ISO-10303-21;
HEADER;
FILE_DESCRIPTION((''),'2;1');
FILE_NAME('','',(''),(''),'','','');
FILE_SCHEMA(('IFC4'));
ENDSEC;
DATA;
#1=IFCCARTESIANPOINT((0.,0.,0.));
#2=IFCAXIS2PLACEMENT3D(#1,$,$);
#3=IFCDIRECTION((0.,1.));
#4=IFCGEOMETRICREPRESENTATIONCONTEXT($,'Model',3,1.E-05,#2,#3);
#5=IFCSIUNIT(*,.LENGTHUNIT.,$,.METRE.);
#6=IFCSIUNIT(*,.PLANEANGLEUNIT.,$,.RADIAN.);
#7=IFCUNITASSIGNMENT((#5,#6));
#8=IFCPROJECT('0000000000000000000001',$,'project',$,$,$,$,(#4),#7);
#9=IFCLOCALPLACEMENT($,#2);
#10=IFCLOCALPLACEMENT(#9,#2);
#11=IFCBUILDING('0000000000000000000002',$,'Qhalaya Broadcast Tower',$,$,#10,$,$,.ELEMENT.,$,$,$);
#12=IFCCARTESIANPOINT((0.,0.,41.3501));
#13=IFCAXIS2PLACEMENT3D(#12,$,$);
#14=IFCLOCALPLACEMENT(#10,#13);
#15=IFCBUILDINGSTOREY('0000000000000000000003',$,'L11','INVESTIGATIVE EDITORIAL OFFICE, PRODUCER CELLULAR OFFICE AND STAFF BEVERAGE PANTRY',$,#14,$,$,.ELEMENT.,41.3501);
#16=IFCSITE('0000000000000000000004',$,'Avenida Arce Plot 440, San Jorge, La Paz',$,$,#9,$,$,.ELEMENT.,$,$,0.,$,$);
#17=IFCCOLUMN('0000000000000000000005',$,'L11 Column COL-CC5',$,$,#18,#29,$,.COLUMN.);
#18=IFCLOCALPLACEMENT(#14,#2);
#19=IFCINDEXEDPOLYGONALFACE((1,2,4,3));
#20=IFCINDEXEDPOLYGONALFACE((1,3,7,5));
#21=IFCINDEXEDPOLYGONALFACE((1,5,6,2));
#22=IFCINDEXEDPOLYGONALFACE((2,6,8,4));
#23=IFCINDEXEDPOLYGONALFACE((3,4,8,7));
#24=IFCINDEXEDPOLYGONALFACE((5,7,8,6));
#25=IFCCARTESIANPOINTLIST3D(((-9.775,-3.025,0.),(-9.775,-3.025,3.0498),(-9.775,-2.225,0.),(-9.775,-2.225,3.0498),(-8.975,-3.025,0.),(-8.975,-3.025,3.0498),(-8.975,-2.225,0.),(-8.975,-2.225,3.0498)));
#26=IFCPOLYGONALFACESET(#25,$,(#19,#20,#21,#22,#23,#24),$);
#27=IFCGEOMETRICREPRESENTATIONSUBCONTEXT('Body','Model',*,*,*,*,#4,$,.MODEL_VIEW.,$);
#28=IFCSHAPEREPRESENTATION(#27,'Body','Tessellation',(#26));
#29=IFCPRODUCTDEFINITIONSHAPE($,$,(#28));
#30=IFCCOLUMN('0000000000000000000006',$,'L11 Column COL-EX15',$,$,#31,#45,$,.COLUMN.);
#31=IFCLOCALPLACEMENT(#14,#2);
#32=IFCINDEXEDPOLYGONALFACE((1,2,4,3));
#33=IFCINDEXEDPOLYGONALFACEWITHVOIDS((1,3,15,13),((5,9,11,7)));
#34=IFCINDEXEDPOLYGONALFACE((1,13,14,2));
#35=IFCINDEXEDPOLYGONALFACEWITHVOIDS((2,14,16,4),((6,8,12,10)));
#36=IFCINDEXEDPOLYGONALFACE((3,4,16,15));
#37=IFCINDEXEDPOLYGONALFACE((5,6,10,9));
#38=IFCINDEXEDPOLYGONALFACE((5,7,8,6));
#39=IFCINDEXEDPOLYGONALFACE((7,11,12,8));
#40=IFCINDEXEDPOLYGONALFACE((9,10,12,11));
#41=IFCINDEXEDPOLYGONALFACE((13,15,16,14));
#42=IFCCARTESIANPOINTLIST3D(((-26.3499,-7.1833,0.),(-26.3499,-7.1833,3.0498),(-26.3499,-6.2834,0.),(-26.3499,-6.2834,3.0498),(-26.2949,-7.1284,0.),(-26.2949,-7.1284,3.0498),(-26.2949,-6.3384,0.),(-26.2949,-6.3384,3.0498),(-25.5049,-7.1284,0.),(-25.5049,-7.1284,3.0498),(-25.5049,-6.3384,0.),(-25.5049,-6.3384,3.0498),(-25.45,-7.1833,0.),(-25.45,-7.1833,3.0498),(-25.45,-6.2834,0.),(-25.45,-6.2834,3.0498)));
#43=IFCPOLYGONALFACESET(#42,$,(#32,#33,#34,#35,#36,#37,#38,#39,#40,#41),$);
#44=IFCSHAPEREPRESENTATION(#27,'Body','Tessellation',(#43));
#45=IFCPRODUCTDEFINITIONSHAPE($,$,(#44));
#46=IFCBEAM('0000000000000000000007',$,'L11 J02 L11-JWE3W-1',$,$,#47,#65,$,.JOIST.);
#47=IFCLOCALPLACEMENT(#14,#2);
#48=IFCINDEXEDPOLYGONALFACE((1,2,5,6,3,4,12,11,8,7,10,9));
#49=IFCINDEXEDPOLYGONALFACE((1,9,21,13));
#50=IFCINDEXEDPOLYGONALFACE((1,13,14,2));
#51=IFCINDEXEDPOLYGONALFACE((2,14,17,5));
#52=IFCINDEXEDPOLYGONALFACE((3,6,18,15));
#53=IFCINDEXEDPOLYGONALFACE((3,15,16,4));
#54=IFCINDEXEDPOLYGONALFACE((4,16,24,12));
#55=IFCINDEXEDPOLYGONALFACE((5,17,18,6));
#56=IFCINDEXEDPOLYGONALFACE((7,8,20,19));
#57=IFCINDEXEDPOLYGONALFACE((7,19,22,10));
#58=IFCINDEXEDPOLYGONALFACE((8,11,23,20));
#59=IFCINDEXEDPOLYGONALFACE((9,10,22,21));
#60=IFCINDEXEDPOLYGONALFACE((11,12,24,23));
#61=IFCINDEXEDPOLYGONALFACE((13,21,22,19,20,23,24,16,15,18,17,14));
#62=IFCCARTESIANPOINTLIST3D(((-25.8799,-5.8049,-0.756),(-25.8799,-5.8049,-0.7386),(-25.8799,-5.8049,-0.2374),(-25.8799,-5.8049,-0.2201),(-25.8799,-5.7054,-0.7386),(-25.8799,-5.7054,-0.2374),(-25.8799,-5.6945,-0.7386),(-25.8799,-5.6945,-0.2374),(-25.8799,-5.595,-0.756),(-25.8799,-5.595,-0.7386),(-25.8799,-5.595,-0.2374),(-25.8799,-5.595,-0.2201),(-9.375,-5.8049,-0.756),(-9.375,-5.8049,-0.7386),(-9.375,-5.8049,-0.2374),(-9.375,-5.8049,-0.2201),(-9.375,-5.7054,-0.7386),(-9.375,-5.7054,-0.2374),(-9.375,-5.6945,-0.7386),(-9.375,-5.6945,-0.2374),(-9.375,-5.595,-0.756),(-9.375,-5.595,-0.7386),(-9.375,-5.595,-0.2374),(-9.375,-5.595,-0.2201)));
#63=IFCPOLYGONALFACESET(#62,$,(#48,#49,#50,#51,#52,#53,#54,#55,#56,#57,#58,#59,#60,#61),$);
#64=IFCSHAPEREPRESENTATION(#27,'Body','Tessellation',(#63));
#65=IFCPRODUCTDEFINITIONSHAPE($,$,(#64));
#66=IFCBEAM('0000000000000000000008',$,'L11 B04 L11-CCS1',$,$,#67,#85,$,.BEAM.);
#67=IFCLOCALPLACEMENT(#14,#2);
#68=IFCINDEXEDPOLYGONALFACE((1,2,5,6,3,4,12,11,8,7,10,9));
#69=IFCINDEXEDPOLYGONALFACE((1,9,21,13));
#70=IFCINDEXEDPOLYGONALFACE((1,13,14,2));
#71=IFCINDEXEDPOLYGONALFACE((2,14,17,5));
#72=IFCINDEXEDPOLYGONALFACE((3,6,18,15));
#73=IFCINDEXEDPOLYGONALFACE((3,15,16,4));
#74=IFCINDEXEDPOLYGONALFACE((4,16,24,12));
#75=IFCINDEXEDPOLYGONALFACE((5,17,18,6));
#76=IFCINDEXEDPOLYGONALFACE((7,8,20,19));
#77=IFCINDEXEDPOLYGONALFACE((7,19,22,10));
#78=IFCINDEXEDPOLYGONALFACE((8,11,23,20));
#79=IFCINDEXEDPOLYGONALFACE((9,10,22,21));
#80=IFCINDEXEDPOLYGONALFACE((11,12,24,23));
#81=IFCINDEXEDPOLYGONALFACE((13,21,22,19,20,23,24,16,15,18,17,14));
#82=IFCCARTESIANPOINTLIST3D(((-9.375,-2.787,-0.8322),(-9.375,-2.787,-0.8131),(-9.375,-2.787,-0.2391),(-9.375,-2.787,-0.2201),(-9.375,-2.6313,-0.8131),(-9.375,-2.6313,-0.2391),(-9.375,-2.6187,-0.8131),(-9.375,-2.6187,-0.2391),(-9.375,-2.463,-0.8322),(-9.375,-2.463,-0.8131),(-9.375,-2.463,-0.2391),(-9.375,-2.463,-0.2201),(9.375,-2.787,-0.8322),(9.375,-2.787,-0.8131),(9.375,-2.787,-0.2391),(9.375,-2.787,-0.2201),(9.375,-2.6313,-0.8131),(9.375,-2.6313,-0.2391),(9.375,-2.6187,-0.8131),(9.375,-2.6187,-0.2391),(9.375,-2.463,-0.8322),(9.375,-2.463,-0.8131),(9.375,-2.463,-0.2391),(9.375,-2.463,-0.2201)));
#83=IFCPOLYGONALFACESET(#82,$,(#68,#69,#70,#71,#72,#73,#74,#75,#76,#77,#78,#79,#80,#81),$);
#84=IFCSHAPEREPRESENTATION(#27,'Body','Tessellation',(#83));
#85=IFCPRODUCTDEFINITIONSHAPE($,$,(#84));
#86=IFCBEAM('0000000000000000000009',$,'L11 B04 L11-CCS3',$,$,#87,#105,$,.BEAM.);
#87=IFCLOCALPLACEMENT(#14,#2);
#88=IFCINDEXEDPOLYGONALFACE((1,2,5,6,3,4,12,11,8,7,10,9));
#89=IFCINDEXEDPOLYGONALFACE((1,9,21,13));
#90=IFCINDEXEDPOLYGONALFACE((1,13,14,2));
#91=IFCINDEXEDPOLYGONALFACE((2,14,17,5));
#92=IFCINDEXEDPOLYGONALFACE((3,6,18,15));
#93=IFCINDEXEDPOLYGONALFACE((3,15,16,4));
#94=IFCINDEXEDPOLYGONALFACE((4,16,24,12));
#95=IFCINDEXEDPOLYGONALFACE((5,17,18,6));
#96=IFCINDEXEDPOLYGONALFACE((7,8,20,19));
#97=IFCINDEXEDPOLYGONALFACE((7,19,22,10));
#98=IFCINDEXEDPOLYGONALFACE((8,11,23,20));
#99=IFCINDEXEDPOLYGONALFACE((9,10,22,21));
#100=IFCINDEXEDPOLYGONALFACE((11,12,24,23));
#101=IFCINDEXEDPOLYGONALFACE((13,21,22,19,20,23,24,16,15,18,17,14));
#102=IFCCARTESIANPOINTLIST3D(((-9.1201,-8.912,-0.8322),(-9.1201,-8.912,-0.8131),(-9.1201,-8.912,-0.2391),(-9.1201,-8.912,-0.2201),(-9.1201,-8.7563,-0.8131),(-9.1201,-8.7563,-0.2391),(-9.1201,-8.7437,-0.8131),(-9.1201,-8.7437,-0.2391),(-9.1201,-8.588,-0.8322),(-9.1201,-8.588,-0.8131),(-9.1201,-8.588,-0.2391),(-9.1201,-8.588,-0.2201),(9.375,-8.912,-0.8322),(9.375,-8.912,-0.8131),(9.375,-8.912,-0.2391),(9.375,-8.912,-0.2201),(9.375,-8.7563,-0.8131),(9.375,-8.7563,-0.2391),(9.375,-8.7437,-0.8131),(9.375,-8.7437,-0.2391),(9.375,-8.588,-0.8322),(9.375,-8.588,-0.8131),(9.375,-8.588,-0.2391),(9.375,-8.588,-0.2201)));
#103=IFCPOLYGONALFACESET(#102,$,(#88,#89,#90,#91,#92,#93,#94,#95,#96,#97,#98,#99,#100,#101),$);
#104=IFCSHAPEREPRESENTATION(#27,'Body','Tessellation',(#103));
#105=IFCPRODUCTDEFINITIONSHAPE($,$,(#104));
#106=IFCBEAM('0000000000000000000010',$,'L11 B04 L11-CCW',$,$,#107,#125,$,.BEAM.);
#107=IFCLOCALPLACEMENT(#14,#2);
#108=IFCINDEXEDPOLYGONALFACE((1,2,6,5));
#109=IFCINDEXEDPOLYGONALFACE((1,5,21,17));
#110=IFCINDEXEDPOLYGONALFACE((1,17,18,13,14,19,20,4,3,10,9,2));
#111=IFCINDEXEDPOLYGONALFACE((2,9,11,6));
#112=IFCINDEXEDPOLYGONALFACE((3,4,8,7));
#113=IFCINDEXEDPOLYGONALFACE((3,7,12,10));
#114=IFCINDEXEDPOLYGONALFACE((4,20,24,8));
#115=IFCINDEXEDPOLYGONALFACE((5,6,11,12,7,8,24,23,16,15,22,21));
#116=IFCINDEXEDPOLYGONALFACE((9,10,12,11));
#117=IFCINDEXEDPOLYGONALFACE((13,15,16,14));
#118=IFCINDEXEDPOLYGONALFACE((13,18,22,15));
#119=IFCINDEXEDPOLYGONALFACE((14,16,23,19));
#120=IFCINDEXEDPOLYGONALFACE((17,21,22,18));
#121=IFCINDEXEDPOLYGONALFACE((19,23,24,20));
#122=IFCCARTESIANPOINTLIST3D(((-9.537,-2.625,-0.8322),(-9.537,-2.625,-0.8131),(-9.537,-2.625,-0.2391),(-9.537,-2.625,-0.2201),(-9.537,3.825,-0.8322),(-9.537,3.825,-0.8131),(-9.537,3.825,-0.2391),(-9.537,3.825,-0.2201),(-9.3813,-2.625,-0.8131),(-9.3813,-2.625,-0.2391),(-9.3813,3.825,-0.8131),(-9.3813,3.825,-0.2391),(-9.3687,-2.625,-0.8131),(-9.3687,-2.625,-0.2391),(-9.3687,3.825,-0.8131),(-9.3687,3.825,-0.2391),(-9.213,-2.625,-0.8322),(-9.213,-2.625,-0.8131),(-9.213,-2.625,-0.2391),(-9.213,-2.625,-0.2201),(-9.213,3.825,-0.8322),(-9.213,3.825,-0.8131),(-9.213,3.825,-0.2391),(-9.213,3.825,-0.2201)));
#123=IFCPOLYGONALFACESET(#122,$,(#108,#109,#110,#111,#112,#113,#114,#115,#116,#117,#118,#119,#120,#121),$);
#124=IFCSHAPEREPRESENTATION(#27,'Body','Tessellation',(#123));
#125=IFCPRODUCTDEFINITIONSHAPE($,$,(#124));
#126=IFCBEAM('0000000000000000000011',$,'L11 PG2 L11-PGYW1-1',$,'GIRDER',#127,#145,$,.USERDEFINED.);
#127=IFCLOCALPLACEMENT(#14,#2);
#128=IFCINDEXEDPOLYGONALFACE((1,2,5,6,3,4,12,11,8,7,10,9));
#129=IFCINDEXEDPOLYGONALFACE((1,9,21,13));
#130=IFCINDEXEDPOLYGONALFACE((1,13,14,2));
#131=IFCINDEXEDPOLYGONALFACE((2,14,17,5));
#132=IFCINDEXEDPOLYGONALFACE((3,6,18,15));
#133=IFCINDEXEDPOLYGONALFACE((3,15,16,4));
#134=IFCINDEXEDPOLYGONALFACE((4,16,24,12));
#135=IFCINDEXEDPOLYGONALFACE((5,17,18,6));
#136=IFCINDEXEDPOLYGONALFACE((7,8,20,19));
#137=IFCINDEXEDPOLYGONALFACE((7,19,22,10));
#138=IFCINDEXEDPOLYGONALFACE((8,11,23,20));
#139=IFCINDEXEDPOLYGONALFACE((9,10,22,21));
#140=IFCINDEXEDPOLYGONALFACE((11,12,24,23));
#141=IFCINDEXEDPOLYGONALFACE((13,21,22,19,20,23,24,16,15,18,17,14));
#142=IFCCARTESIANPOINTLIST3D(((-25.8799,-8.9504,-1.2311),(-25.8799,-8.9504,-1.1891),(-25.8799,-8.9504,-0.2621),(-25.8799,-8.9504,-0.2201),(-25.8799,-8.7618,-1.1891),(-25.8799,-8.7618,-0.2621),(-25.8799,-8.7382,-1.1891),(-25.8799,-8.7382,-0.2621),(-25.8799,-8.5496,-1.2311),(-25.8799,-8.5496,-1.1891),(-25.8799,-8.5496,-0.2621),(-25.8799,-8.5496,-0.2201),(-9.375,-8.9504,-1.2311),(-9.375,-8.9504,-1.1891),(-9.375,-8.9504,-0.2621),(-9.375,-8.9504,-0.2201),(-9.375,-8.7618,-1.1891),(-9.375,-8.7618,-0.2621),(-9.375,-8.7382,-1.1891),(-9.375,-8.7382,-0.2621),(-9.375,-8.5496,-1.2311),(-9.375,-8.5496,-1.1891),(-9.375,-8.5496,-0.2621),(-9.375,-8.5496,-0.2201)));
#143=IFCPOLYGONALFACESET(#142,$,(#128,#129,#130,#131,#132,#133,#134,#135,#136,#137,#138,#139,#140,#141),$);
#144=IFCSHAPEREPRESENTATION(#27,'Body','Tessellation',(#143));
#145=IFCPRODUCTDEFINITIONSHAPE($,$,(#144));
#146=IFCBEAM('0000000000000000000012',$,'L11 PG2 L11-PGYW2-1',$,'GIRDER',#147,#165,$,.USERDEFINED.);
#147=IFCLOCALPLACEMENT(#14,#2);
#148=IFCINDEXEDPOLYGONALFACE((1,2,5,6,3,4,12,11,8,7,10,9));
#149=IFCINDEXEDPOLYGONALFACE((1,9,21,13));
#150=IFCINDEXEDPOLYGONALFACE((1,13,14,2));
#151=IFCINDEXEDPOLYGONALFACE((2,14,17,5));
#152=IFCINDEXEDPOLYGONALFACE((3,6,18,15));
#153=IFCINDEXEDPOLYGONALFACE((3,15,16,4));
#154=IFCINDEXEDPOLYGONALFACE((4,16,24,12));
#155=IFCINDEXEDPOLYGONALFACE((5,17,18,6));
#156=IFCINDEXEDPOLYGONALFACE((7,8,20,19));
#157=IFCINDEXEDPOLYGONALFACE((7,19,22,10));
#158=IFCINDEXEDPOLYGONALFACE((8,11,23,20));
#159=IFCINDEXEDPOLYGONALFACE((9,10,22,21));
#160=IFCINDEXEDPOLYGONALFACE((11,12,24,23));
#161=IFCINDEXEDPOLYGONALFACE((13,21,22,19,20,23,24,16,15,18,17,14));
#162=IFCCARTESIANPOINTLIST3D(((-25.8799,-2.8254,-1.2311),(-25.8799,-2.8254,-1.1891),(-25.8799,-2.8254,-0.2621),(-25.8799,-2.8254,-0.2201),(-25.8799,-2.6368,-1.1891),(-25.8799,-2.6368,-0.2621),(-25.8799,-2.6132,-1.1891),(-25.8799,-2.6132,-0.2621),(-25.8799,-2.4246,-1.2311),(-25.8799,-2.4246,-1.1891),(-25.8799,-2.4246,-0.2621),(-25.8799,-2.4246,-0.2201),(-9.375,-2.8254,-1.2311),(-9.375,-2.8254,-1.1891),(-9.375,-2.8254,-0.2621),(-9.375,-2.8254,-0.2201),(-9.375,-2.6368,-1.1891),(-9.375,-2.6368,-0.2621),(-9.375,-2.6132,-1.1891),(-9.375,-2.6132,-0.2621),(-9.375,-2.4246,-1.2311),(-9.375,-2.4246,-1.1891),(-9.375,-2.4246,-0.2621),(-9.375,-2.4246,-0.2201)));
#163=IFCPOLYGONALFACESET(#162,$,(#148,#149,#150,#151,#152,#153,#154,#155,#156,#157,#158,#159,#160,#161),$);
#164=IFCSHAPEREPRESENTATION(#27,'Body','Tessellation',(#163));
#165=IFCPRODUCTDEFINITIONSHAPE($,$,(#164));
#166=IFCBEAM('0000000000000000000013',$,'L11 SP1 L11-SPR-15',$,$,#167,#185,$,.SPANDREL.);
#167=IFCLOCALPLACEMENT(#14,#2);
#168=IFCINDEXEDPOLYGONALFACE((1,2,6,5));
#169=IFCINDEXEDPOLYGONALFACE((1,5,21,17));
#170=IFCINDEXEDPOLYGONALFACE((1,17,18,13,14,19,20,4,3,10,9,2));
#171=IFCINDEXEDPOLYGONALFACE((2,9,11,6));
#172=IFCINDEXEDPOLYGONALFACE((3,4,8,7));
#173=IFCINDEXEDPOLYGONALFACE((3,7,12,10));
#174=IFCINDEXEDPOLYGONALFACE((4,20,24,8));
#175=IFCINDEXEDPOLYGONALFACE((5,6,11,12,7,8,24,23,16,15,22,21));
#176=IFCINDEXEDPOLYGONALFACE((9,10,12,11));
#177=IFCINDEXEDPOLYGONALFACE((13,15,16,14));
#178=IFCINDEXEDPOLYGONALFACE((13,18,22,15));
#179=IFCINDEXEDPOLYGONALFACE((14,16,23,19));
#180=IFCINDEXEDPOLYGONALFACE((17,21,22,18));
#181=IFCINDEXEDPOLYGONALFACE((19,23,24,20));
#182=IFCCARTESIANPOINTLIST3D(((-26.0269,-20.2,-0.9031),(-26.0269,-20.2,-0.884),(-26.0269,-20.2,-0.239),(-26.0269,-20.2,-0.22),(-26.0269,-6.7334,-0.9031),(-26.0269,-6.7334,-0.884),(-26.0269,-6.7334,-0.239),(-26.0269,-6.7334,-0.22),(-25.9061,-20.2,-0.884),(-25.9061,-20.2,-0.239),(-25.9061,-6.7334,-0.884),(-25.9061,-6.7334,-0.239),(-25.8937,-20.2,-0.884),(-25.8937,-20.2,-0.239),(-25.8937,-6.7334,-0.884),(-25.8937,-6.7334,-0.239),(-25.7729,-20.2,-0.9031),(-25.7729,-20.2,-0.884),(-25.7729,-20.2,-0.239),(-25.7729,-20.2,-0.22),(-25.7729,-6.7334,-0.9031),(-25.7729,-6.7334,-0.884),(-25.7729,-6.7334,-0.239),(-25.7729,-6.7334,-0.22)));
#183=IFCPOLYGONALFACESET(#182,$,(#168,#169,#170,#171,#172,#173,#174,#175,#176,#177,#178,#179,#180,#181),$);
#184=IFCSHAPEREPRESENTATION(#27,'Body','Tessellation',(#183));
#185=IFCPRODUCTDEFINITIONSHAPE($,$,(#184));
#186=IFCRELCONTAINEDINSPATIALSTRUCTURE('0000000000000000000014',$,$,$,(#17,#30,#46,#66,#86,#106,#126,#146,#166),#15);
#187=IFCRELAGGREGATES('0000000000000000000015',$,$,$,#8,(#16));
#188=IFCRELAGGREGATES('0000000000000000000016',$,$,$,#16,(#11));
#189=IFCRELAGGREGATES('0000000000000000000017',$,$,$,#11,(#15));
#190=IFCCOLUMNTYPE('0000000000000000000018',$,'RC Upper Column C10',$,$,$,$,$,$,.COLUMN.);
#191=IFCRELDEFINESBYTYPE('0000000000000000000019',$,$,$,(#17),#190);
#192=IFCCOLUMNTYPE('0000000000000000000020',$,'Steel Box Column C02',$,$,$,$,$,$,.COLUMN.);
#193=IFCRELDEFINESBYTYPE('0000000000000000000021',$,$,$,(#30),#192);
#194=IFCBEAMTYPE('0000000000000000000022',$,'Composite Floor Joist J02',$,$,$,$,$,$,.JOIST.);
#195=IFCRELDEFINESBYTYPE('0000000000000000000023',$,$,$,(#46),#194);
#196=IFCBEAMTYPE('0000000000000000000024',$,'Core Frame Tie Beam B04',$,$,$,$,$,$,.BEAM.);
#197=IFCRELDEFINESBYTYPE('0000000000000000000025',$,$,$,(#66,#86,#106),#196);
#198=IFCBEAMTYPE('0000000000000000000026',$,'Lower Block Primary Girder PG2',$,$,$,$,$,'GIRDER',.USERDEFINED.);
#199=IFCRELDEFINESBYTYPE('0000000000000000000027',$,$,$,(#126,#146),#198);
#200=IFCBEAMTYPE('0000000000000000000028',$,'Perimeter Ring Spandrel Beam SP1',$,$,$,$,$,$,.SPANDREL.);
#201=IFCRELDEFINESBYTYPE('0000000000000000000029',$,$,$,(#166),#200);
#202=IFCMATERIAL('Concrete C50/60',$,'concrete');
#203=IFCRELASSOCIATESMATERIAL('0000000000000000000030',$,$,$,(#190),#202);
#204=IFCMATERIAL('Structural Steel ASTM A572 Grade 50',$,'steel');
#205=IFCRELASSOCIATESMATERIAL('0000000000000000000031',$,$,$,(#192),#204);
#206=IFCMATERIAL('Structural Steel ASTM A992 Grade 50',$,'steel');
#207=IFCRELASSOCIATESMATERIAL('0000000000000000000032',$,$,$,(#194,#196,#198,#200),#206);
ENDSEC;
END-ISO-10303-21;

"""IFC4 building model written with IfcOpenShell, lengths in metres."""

from ifc_helpers import new_model, si_unit, direction, frame, origin, origin_2d, place, context, subcontext, project, spatial, rectangle, hollow_rectangle, i_section, extrude, material, material_profile, profile_set, type_object, element, save


model = new_model("IFC4")

# Units and contexts
model_context = context("Model", 3, precision=1e-05, world=origin(), true_north=direction((0.0, 1.0)))
body_context = subcontext(model_context, "Body", "Model", "MODEL_VIEW")
ifc_project = project(units=[si_unit("LENGTHUNIT", "METRE"), si_unit("PLANEANGLEUNIT", "RADIAN")], contexts=[model_context])

# Site, building, storey
site_placement = place(None, origin())
site = spatial("IfcSite", under=ifc_project, at=site_placement, Name="Avenida Arce Plot 440, San Jorge, La Paz", CompositionType="ELEMENT", RefElevation=0.0)
building_placement = place(site_placement, origin())
building = spatial("IfcBuilding", under=site, at=building_placement, Name="Qhalaya Broadcast Tower", CompositionType="ELEMENT")
storey_placement = place(building_placement, frame((0.0, 0.0, 41.3501)))
storey = spatial("IfcBuildingStorey", under=building, at=storey_placement, Name="L11", Description="INVESTIGATIVE EDITORIAL OFFICE, PRODUCER CELLULAR OFFICE AND STAFF BEVERAGE PANTRY", CompositionType="ELEMENT", Elevation=41.3501)

# Columns
ifc_material_1 = material(Name="Concrete C50/60", Category="concrete")
ifc_material_profile_1 = material_profile(ifc_material_1, rectangle(XDim=0.8, YDim=0.8, at=origin_2d()), Name="RC-COL 800x800")
ifc_profile_set_1 = profile_set([ifc_material_profile_1], Name="Concrete C50/60")
column_type_1 = type_object("IfcColumnType", Name="RC Upper Column C10", PredefinedType="COLUMN", material=ifc_profile_set_1)
column_1_placement = place(storey_placement, frame((-9.375, -2.625, 0.0), z_axis=(0.0, 0.0, 1.0), x_axis=(1.0, 0.0, 0.0)))
element("IfcColumn", 1, at=column_1_placement, inside=storey, type_object=column_type_1, Name="L11 Column COL-CC5", PredefinedType="COLUMN", context=body_context, shape_type="SweptSolid", body=[
    extrude(rectangle(XDim=0.8, YDim=0.8, at=origin_2d()), origin(), (0.0, 0.0, 1.0), 3.0498),
])
ifc_material_2 = material(Name="Structural Steel ASTM A572 Grade 50", Category="steel")
ifc_material_profile_2 = material_profile(ifc_material_2, hollow_rectangle(XDim=0.8999, YDim=0.8999, WallThickness=0.0549, at=origin_2d()), Name="BOX 900x900x55")
ifc_profile_set_2 = profile_set([ifc_material_profile_2], Name="Structural Steel ASTM A572 Grade 50")
column_type_2 = type_object("IfcColumnType", Name="Steel Box Column C02", PredefinedType="COLUMN", material=ifc_profile_set_2)
column_2_placement = place(storey_placement, frame((-25.8999, -6.7334, 0.0), z_axis=(0.0, 0.0, 1.0), x_axis=(0.0, 1.0, 0.0)))
element("IfcColumn", 2, at=column_2_placement, inside=storey, type_object=column_type_2, Name="L11 Column COL-EX15", PredefinedType="COLUMN", context=body_context, shape_type="SweptSolid", body=[
    extrude(hollow_rectangle(XDim=0.8999, YDim=0.8999, WallThickness=0.0549, at=origin_2d()), origin(), (0.0, 0.0, 1.0), 3.0498),
])

# Beams
ifc_material_3 = material(Name="Structural Steel ASTM A992 Grade 50", Category="steel")
ifc_material_profile_3 = material_profile(ifc_material_3, i_section(OverallWidth=0.21, OverallDepth=0.5359, WebThickness=0.011, FlangeThickness=0.0173, at=origin_2d()), Name="W21X68")
ifc_profile_set_3 = profile_set([ifc_material_profile_3], Name="Structural Steel ASTM A992 Grade 50")
beam_type_1 = type_object("IfcBeamType", Name="Composite Floor Joist J02", PredefinedType="JOIST", material=ifc_profile_set_3)
beam_1_placement = place(storey_placement, frame((-25.8799, -5.7, -0.488), z_axis=(1.0, 0.0, 0.0), x_axis=(0.0, 1.0, 0.0)))
element("IfcBeam", 3, at=beam_1_placement, inside=storey, type_object=beam_type_1, Name="L11 J02 L11-JWE3W-1", PredefinedType="JOIST", context=body_context, shape_type="SweptSolid", body=[
    extrude(i_section(OverallWidth=0.21, OverallDepth=0.5359, WebThickness=0.011, FlangeThickness=0.0173, at=origin_2d()), origin(), (0.0, 0.0, 1.0), 16.5049),
])
ifc_material_profile_4 = material_profile(ifc_material_3, i_section(OverallWidth=0.324, OverallDepth=0.6121, WebThickness=0.0127, FlangeThickness=0.019, at=origin_2d()), Name="W24X104")
ifc_profile_set_4 = profile_set([ifc_material_profile_4], Name="Structural Steel ASTM A992 Grade 50")
beam_type_2 = type_object("IfcBeamType", Name="Core Frame Tie Beam B04", PredefinedType="BEAM", material=ifc_profile_set_4)
beam_2_placement = place(storey_placement, frame((-9.375, -2.625, -0.5261), z_axis=(1.0, 0.0, 0.0), x_axis=(0.0, 1.0, 0.0)))
element("IfcBeam", 4, at=beam_2_placement, inside=storey, type_object=beam_type_2, Name="L11 B04 L11-CCS1", PredefinedType="BEAM", context=body_context, shape_type="SweptSolid", body=[
    extrude(i_section(OverallWidth=0.324, OverallDepth=0.6121, WebThickness=0.0127, FlangeThickness=0.019, at=origin_2d()), origin(), (0.0, 0.0, 1.0), 18.75),
])
beam_3_placement = place(storey_placement, frame((-9.1201, -8.75, -0.5261), z_axis=(1.0, 0.0, 0.0), x_axis=(0.0, 1.0, 0.0)))
element("IfcBeam", 5, at=beam_3_placement, inside=storey, type_object=beam_type_2, Name="L11 B04 L11-CCS3", PredefinedType="BEAM", context=body_context, shape_type="SweptSolid", body=[
    extrude(i_section(OverallWidth=0.324, OverallDepth=0.6121, WebThickness=0.0127, FlangeThickness=0.019, at=origin_2d()), origin(), (0.0, 0.0, 1.0), 18.4951),
])
beam_4_placement = place(storey_placement, frame((-9.375, -2.625, -0.5261), z_axis=(0.0, 1.0, 0.0), x_axis=(-1.0, 0.0, 0.0)))
element("IfcBeam", 6, at=beam_4_placement, inside=storey, type_object=beam_type_2, Name="L11 B04 L11-CCW", PredefinedType="BEAM", context=body_context, shape_type="SweptSolid", body=[
    extrude(i_section(OverallWidth=0.324, OverallDepth=0.6121, WebThickness=0.0127, FlangeThickness=0.019, at=origin_2d()), origin(), (0.0, 0.0, 1.0), 6.45),
])
ifc_material_profile_5 = material_profile(ifc_material_3, i_section(OverallWidth=0.4009, OverallDepth=1.011, WebThickness=0.0237, FlangeThickness=0.042, at=origin_2d()), Name="W40X297")
ifc_profile_set_5 = profile_set([ifc_material_profile_5], Name="Structural Steel ASTM A992 Grade 50")
beam_type_3 = type_object("IfcBeamType", Name="Lower Block Primary Girder PG2", ElementType="GIRDER", PredefinedType="USERDEFINED", material=ifc_profile_set_5)
for number, where, z_axis, x_axis, name in (
    (7, (-25.8799, -8.75, -0.7256), (1.0, 0.0, 0.0), (0.0, 1.0, 0.0), "L11 PG2 L11-PGYW1-1"),
    (8, (-25.8799, -2.625, -0.7256), (1.0, 0.0, 0.0), (0.0, 1.0, 0.0), "L11 PG2 L11-PGYW2-1"),
):
    element("IfcBeam", number, at=place(storey_placement, frame(where, z_axis=z_axis, x_axis=x_axis)), inside=storey, type_object=beam_type_3, Name=name, ObjectType="GIRDER", PredefinedType="USERDEFINED", context=body_context, shape_type="SweptSolid", body=[
        extrude(i_section(OverallWidth=0.4009, OverallDepth=1.011, WebThickness=0.0237, FlangeThickness=0.042, at=origin_2d()), origin(), (0.0, 0.0, 1.0), 16.5049),
    ])
ifc_material_profile_6 = material_profile(ifc_material_3, i_section(OverallWidth=0.2539, OverallDepth=0.6831, WebThickness=0.0125, FlangeThickness=0.019, at=origin_2d()), Name="W27X94")
ifc_profile_set_6 = profile_set([ifc_material_profile_6], Name="Structural Steel ASTM A992 Grade 50")
beam_type_4 = type_object("IfcBeamType", Name="Perimeter Ring Spandrel Beam SP1", PredefinedType="SPANDREL", material=ifc_profile_set_6)
beam_5_placement = place(storey_placement, frame((-25.8999, -6.7334, -0.5615), z_axis=(0.0, -1.0, 0.0), x_axis=(1.0, 0.0, 0.0)))
element("IfcBeam", 9, at=beam_5_placement, inside=storey, type_object=beam_type_4, Name="L11 SP1 L11-SPR-15", PredefinedType="SPANDREL", context=body_context, shape_type="SweptSolid", body=[
    extrude(i_section(OverallWidth=0.2539, OverallDepth=0.6831, WebThickness=0.0125, FlangeThickness=0.019, at=origin_2d()), origin(), (0.0, 0.0, 1.0), 13.4666),
])

save(model, "model.ifc")
